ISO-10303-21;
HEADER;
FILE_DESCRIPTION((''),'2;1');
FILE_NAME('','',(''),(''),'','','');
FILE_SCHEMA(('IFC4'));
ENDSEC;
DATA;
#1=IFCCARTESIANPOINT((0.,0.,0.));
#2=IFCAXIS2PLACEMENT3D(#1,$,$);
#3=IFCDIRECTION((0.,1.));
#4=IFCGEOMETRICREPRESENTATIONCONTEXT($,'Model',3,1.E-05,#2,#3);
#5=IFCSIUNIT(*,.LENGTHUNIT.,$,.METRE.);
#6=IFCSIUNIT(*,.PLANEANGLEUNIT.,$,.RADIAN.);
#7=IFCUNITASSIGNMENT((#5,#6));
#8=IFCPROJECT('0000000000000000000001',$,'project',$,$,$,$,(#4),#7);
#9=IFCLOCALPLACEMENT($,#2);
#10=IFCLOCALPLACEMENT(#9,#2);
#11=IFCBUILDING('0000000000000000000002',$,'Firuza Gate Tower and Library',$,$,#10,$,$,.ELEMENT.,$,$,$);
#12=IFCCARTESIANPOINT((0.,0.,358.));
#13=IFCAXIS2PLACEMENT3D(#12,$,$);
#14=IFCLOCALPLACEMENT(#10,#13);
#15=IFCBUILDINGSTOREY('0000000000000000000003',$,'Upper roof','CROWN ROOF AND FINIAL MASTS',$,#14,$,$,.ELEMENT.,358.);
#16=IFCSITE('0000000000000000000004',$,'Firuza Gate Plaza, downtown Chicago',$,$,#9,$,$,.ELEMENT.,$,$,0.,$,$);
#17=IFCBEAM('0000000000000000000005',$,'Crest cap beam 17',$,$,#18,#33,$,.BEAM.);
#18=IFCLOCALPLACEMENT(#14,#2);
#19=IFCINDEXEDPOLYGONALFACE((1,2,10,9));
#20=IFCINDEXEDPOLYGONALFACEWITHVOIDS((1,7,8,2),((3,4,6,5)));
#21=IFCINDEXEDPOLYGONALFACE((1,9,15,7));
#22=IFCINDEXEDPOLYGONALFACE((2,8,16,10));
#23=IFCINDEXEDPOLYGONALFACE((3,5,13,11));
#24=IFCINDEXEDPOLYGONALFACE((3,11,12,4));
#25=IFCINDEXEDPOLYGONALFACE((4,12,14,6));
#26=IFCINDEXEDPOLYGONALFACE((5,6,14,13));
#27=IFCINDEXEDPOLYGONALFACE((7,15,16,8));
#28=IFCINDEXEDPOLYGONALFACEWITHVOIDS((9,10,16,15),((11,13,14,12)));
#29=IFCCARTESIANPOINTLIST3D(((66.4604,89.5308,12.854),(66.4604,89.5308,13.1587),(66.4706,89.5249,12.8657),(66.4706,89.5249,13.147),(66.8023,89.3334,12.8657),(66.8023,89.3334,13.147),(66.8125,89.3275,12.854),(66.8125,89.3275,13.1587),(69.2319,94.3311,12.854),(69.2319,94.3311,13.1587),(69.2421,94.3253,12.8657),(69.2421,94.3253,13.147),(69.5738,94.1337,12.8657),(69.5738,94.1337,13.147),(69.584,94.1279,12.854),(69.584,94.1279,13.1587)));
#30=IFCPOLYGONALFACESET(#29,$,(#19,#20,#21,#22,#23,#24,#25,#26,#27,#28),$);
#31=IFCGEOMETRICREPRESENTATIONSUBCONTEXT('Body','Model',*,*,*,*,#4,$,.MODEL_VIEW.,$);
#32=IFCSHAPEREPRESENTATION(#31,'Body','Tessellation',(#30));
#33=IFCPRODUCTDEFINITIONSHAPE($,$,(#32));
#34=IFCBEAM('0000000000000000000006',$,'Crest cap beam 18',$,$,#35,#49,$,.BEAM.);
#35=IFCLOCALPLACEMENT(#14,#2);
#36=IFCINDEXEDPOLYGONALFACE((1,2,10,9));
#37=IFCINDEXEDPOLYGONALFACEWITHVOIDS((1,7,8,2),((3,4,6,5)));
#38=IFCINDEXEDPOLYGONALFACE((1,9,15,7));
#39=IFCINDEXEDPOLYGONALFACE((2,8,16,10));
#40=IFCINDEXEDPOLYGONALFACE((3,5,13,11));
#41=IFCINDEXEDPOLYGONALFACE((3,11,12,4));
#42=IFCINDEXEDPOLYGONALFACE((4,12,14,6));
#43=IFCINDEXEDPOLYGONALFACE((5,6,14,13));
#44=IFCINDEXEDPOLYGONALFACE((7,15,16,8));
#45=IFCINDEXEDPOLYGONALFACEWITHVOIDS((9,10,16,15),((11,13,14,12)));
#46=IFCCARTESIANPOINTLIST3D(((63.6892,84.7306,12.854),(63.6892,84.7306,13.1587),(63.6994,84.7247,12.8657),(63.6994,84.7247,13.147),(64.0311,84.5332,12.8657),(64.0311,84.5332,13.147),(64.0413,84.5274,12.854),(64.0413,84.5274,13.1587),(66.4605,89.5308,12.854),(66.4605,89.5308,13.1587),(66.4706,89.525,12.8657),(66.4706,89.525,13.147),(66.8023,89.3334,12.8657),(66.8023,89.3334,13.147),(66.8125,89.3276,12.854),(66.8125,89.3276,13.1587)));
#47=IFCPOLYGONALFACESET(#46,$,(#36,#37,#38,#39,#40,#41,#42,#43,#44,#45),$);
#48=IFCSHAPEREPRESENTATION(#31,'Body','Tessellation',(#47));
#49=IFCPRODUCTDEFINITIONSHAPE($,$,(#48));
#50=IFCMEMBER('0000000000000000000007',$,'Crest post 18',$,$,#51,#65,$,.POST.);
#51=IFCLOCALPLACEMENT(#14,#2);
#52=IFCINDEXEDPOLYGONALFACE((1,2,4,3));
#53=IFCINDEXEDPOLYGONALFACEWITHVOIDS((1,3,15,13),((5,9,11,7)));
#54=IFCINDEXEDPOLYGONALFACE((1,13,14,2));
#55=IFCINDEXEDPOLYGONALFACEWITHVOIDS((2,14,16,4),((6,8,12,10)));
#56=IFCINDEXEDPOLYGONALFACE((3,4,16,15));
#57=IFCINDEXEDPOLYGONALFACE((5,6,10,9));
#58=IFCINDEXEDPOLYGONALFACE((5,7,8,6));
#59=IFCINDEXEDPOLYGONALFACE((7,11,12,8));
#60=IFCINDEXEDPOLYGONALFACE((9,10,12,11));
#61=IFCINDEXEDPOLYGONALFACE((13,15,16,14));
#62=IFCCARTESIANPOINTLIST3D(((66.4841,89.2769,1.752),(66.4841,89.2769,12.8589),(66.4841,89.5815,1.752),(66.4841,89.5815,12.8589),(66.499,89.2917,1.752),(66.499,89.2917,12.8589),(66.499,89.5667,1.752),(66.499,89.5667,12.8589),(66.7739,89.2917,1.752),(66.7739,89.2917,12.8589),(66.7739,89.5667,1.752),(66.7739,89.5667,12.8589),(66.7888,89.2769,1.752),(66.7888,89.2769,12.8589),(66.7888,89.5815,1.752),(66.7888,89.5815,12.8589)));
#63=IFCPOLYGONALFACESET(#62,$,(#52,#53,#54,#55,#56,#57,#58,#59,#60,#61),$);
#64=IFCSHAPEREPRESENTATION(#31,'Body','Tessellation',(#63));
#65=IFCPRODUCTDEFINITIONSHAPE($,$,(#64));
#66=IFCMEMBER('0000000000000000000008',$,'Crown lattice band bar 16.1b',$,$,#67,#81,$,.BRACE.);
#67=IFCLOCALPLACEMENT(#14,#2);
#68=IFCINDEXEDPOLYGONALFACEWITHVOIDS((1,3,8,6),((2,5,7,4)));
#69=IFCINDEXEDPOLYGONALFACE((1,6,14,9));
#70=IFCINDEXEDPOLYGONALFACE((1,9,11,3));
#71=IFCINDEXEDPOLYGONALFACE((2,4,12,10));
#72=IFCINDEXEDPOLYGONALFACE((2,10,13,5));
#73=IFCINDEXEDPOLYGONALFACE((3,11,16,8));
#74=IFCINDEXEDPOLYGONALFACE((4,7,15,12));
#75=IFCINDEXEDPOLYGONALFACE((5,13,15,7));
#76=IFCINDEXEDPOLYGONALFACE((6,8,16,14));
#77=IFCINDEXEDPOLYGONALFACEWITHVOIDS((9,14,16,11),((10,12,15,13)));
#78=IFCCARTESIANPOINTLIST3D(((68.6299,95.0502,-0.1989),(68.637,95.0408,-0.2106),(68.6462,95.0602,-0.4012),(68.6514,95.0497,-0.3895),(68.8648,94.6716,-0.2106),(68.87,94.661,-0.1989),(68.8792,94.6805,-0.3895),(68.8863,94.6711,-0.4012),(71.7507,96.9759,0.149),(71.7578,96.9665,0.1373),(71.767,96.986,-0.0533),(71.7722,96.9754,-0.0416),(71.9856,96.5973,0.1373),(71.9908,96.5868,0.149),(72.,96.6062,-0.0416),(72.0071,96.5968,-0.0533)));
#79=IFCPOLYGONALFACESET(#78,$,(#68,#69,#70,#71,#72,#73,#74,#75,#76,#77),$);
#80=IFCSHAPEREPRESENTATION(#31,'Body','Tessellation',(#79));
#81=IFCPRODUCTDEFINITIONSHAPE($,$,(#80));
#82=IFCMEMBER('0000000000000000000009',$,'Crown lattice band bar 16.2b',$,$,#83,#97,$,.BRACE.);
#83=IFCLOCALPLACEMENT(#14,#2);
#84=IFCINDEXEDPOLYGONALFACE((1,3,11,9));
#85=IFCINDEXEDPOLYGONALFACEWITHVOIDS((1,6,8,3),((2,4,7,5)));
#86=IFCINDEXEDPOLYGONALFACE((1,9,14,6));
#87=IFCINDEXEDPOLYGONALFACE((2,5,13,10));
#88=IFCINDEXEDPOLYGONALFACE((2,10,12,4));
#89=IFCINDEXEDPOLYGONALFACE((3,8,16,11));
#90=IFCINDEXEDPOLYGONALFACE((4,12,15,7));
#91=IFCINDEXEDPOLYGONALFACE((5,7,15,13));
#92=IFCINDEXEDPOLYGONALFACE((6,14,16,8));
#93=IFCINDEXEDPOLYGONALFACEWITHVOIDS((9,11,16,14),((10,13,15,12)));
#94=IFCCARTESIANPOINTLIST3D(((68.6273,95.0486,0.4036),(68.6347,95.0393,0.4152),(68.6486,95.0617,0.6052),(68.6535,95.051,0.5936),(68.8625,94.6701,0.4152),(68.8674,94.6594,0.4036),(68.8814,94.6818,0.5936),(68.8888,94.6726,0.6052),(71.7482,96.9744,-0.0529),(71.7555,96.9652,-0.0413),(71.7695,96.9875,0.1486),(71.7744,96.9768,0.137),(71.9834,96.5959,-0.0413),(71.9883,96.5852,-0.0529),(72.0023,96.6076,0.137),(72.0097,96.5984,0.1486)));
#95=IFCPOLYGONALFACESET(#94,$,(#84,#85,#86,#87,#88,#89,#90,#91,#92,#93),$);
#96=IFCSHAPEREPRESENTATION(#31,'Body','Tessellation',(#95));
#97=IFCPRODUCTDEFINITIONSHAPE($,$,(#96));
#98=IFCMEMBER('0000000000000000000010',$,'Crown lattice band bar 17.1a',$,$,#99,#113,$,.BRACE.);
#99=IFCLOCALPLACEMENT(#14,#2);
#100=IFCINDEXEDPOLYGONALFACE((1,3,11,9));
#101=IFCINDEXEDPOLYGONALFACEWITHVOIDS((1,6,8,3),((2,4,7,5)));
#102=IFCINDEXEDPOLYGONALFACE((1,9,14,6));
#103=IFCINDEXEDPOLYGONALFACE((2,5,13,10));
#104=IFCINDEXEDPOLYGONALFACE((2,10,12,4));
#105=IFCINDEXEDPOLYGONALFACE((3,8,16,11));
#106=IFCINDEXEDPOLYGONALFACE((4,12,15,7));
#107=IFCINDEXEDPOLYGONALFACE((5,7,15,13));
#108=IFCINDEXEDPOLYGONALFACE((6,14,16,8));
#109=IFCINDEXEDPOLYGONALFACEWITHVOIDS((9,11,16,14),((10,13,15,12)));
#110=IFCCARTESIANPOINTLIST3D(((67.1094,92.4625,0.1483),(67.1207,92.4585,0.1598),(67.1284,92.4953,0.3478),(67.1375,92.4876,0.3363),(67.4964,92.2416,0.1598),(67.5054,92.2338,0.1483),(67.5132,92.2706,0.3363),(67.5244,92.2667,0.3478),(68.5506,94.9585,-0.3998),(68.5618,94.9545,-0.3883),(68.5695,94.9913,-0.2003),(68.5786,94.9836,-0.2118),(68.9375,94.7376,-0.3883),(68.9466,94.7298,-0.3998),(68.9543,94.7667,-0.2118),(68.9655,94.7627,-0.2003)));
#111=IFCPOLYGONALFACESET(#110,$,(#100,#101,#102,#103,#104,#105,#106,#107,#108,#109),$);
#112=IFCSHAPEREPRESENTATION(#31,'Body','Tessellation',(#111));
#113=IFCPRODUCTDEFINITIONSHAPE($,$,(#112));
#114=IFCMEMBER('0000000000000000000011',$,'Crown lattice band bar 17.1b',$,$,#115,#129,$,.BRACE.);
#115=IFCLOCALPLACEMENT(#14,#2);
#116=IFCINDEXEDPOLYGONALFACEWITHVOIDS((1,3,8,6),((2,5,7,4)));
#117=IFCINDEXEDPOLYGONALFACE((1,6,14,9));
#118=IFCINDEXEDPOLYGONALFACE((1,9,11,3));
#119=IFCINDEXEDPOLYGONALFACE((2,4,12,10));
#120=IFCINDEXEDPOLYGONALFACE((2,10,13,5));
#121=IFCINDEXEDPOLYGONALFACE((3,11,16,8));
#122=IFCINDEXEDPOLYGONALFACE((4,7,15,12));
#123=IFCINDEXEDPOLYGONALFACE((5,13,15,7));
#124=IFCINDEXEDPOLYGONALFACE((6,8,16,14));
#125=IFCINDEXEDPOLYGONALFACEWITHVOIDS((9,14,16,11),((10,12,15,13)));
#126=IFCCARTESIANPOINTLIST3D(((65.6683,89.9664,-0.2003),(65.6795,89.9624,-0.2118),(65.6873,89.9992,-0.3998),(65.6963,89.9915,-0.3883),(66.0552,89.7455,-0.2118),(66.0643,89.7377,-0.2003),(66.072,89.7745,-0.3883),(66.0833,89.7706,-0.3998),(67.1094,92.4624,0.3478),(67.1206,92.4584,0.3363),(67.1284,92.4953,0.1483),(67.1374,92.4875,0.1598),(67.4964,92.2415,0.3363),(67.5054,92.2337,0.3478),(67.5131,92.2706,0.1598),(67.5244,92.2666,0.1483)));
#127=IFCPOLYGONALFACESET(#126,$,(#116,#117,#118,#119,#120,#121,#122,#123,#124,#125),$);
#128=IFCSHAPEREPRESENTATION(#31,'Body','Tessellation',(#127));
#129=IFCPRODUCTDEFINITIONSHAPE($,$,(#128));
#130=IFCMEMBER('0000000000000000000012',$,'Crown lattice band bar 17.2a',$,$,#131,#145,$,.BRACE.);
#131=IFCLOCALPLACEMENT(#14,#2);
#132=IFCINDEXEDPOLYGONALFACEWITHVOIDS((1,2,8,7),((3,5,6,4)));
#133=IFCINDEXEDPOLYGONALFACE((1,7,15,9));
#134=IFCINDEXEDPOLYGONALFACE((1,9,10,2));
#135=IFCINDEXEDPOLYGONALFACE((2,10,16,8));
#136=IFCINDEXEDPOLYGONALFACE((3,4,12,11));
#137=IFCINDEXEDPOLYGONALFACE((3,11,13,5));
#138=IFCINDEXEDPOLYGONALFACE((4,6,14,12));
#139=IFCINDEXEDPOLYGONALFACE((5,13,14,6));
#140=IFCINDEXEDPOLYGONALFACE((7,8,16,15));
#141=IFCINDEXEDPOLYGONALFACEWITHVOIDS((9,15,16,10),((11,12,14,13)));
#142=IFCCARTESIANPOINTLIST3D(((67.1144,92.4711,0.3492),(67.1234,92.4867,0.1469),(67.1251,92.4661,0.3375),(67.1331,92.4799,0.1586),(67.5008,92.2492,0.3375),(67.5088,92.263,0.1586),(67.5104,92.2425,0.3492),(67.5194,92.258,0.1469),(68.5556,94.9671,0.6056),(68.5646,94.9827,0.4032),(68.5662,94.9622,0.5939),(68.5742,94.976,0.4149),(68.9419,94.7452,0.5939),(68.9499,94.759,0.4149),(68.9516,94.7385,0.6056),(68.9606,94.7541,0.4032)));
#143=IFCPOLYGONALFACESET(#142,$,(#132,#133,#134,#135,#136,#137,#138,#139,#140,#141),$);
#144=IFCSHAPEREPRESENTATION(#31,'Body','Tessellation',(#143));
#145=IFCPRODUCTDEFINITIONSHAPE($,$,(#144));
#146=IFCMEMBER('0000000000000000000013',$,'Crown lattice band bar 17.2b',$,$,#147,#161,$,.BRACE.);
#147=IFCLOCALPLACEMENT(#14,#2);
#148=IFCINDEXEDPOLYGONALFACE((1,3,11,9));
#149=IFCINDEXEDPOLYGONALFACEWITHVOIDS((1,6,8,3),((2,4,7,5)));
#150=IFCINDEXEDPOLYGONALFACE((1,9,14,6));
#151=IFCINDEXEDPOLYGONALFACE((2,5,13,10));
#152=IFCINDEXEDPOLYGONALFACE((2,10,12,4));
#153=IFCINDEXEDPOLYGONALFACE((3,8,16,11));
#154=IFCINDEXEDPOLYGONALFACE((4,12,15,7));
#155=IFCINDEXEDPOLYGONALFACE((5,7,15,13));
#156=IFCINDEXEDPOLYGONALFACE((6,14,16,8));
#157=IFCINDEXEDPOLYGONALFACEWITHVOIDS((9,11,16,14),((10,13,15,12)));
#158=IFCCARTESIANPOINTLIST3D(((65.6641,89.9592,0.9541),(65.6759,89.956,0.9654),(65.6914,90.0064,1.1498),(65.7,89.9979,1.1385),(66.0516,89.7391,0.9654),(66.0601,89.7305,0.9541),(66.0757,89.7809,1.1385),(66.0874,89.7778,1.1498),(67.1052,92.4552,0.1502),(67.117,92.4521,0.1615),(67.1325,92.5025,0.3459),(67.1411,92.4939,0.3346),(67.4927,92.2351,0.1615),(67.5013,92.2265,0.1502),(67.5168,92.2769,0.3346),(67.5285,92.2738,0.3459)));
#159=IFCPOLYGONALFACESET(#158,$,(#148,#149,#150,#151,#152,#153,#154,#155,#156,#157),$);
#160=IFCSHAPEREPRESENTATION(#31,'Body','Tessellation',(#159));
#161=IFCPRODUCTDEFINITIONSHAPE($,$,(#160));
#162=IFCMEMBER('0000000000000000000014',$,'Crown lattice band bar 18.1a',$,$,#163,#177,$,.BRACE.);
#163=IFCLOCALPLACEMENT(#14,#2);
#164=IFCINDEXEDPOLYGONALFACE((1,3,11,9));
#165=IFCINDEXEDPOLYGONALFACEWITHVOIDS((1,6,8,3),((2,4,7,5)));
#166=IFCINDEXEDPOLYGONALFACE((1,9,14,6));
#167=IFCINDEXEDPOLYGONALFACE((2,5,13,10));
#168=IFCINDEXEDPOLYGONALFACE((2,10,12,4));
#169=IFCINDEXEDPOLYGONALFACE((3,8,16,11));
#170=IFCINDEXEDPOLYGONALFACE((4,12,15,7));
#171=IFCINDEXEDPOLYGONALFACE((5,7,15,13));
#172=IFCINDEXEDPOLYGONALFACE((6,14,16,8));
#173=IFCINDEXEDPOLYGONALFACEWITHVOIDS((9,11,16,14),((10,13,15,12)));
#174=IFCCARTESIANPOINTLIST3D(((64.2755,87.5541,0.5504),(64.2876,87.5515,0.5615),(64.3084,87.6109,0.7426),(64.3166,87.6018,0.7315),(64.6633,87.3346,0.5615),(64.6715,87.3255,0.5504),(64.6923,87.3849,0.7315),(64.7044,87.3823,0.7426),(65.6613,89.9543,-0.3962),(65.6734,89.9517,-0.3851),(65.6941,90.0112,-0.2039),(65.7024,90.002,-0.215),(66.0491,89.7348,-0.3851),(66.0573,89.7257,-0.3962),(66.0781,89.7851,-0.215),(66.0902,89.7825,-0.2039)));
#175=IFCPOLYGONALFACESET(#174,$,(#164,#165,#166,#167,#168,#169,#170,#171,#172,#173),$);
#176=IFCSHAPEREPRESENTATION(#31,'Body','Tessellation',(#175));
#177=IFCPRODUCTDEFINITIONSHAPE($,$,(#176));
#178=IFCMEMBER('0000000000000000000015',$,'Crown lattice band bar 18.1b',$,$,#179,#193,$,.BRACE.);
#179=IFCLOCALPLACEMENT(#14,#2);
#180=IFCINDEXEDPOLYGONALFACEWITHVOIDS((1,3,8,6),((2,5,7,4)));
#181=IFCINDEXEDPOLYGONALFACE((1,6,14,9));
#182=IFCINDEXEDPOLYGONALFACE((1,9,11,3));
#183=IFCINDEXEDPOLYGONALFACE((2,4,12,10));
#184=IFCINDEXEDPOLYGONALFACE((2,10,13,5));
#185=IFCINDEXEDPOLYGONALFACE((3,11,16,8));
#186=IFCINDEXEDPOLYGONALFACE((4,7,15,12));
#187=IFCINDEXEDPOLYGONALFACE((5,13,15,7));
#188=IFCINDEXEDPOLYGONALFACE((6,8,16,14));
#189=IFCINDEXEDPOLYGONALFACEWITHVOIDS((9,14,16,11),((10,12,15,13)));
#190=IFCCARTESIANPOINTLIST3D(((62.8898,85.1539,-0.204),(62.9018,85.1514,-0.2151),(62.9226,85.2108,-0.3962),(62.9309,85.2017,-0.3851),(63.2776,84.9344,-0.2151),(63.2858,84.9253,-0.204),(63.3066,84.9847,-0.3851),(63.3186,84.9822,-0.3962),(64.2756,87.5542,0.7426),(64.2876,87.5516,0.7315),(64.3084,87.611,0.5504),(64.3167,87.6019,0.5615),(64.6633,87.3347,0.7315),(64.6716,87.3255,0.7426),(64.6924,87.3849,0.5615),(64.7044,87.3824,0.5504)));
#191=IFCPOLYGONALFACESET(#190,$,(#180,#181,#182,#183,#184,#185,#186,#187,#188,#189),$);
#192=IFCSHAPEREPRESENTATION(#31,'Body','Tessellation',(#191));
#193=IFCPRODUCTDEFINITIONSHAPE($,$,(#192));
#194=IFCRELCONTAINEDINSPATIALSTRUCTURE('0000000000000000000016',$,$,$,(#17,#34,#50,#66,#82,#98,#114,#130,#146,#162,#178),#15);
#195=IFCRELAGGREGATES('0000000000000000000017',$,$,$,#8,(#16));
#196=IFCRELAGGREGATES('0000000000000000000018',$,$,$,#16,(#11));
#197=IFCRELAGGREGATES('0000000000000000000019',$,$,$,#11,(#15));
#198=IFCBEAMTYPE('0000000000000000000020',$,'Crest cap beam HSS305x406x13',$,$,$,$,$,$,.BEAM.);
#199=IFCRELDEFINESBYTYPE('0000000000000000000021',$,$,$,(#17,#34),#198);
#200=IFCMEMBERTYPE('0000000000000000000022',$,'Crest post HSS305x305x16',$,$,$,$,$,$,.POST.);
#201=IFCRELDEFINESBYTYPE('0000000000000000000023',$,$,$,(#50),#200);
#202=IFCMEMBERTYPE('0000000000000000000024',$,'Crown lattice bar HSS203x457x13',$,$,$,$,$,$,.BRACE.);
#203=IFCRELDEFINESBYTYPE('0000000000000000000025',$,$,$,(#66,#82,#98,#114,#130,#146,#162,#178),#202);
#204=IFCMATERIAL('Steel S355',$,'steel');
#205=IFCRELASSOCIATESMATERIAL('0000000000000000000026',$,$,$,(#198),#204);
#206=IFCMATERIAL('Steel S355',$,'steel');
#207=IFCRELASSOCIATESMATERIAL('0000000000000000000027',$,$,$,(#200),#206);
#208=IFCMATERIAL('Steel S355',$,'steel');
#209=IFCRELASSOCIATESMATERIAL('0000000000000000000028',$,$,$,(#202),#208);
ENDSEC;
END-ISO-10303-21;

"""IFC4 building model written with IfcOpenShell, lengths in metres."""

from ifc_helpers import new_model, si_unit, direction, frame, origin, origin_2d, place, context, subcontext, project, spatial, hollow_rectangle, extrude, material, material_profile, profile_set, type_object, element, save


model = new_model("IFC4")

# Units and contexts
model_context = context("Model", 3, precision=1e-05, world=origin(), true_north=direction((0.0, 1.0)))
body_context = subcontext(model_context, "Body", "Model", "MODEL_VIEW")
ifc_project = project(units=[si_unit("LENGTHUNIT", "METRE"), si_unit("PLANEANGLEUNIT", "RADIAN")], contexts=[model_context])

# Site, building, storey
site_placement = place(None, origin())
site = spatial("IfcSite", under=ifc_project, at=site_placement, Name="Firuza Gate Plaza, downtown Chicago", CompositionType="ELEMENT", RefElevation=0.0)
building_placement = place(site_placement, origin())
building = spatial("IfcBuilding", under=site, at=building_placement, Name="Firuza Gate Tower and Library", CompositionType="ELEMENT")
storey_placement = place(building_placement, frame((0.0, 0.0, 358.0)))
storey = spatial("IfcBuildingStorey", under=building, at=storey_placement, Name="Upper roof", Description="CROWN ROOF AND FINIAL MASTS", CompositionType="ELEMENT", Elevation=358.0)

# Beams
ifc_material_1 = material(Name="Steel S355", Category="steel")
ifc_material_profile_1 = material_profile(ifc_material_1, hollow_rectangle(XDim=0.4065, YDim=0.3047, WallThickness=0.0117, at=origin_2d()))
ifc_profile_set_1 = profile_set([ifc_material_profile_1], Name="Steel S355")
beam_type_1 = type_object("IfcBeamType", Name="Crest cap beam HSS305x406x13", PredefinedType="BEAM", material=ifc_profile_set_1)
beam_1_placement = place(storey_placement, frame((69.408, 94.2295, 13.0063), z_axis=(-0.500005, -0.866023, 0.0), x_axis=(0.866023, -0.500005, 0.0)))
element("IfcBeam", 1, at=beam_1_placement, inside=storey, type_object=beam_type_1, Name="Crest cap beam 17", PredefinedType="BEAM", context=body_context, shape_type="SweptSolid", body=[
    extrude(hollow_rectangle(XDim=0.4065, YDim=0.3047, WallThickness=0.0117, at=origin_2d()), origin(), (0.0, 0.0, 1.0), 5.543),
])
beam_2_placement = place(storey_placement, frame((66.6365, 89.4292, 13.0063), z_axis=(-0.499972, -0.866042, 0.0), x_axis=(0.866042, -0.499972, 0.0)))
element("IfcBeam", 2, at=beam_2_placement, inside=storey, type_object=beam_type_1, Name="Crest cap beam 18", PredefinedType="BEAM", context=body_context, shape_type="SweptSolid", body=[
    extrude(hollow_rectangle(XDim=0.4065, YDim=0.3047, WallThickness=0.0117, at=origin_2d()), origin(), (0.0, 0.0, 1.0), 5.5427),
])

# Members
ifc_material_2 = material(Name="Steel S355", Category="steel")
ifc_material_profile_2 = material_profile(ifc_material_2, hollow_rectangle(XDim=0.3047, YDim=0.3047, WallThickness=0.0149, at=origin_2d()))
ifc_profile_set_2 = profile_set([ifc_material_profile_2], Name="Steel S355")
member_type_1 = type_object("IfcMemberType", Name="Crest post HSS305x305x16", PredefinedType="POST", material=ifc_profile_set_2)
member_1_placement = place(storey_placement, frame((66.6365, 89.4292, 1.752), z_axis=(0.0, 0.0, 1.0), x_axis=(1.0, 0.0, 0.0)))
element("IfcMember", 3, at=member_1_placement, inside=storey, type_object=member_type_1, Name="Crest post 18", PredefinedType="POST", context=body_context, shape_type="SweptSolid", body=[
    extrude(hollow_rectangle(XDim=0.3047, YDim=0.3047, WallThickness=0.0149, at=origin_2d()), origin(), (0.0, 0.0, 1.0), 11.1069),
])
ifc_material_3 = material(Name="Steel S355", Category="steel")
ifc_material_profile_3 = material_profile(ifc_material_3, hollow_rectangle(XDim=0.4573, YDim=0.2031, WallThickness=0.0117, at=origin_2d()))
ifc_profile_set_3 = profile_set([ifc_material_profile_3], Name="Steel S355")
member_type_2 = type_object("IfcMemberType", Name="Crown lattice bar HSS203x457x13", PredefinedType="BRACE", material=ifc_profile_set_3)
member_2_placement = place(storey_placement, frame((71.8789, 96.7864, 0.0479), z_axis=(-0.847214, -0.52279, -0.094444), x_axis=(0.525137, -0.851018, 0.0)))
element("IfcMember", 4, at=member_2_placement, inside=storey, type_object=member_type_2, Name="Crown lattice band bar 16.1b", PredefinedType="BRACE", context=body_context, shape_type="SweptSolid", body=[
    extrude(hollow_rectangle(XDim=0.4573, YDim=0.2031, WallThickness=0.0117, at=origin_2d()), origin(), (0.0, 0.0, 1.0), 3.6836),
])
member_3_placement = place(storey_placement, frame((71.8789, 96.7864, 0.0479), z_axis=(-0.844499, -0.521114, 0.12354), x_axis=(0.525137, -0.851018, 0.0)))
element("IfcMember", 5, at=member_3_placement, inside=storey, type_object=member_type_2, Name="Crown lattice band bar 16.2b", PredefinedType="BRACE", context=body_context, shape_type="SweptSolid", body=[
    extrude(hollow_rectangle(XDim=0.4573, YDim=0.2031, WallThickness=0.0117, at=origin_2d()), origin(), (0.0, 0.0, 1.0), 3.6956),
])
for number, where, z_axis, x_axis, name in (
    (6, (68.7581, 94.8606, -0.3), (-0.491208, -0.850773, 0.186814), (0.866019, -0.500011, 0.0), "Crown lattice band bar 17.1a"),
    (7, (67.3169, 92.3645, 0.248), (-0.491208, -0.850773, -0.186814), (0.866019, -0.500011, 0.0), "Crown lattice band bar 17.1b"),
):
    element("IfcMember", number, at=place(storey_placement, frame(where, z_axis=z_axis, x_axis=x_axis)), inside=storey, type_object=member_type_2, Name=name, PredefinedType="BRACE", context=body_context, shape_type="SweptSolid", body=[
        extrude(hollow_rectangle(XDim=0.4573, YDim=0.2031, WallThickness=0.0117, at=origin_2d()), origin(), (0.0, 0.0, 1.0), 2.9338),
    ])
member_4_placement = place(storey_placement, frame((68.7581, 94.8606, 0.5044), z_axis=(-0.498045, -0.862614, -0.08859), x_axis=(0.866019, -0.500011, 0.0)))
element("IfcMember", 8, at=member_4_placement, inside=storey, type_object=member_type_2, Name="Crown lattice band bar 17.2a", PredefinedType="BRACE", context=body_context, shape_type="SweptSolid", body=[
    extrude(hollow_rectangle(XDim=0.4573, YDim=0.2031, WallThickness=0.0117, at=origin_2d()), origin(), (0.0, 0.0, 1.0), 2.8936),
])
member_5_placement = place(storey_placement, frame((67.3169, 92.3645, 0.248), z_axis=(-0.481626, -0.834176, 0.268676), x_axis=(0.866019, -0.500011, 0.0)))
element("IfcMember", 9, at=member_5_placement, inside=storey, type_object=member_type_2, Name="Crown lattice band bar 17.2b", PredefinedType="BRACE", context=body_context, shape_type="SweptSolid", body=[
    extrude(hollow_rectangle(XDim=0.4573, YDim=0.2031, WallThickness=0.0117, at=origin_2d()), origin(), (0.0, 0.0, 1.0), 2.9922),
])
for number, where, z_axis, x_axis, name in (
    (10, (65.8757, 89.8684, -0.3), (-0.47317, -0.819544, 0.323199), (0.866023, -0.500005, 0.0), "Crown lattice band bar 18.1a"),
    (11, (64.49, 87.4683, 0.6465), (-0.47317, -0.819544, -0.323199), (0.866023, -0.500005, 0.0), "Crown lattice band bar 18.1b"),
):
    element("IfcMember", number, at=place(storey_placement, frame(where, z_axis=z_axis, x_axis=x_axis)), inside=storey, type_object=member_type_2, Name=name, PredefinedType="BRACE", context=body_context, shape_type="SweptSolid", body=[
        extrude(hollow_rectangle(XDim=0.4573, YDim=0.2031, WallThickness=0.0117, at=origin_2d()), origin(), (0.0, 0.0, 1.0), 2.9287),
    ])

save(model, "model.ifc")
